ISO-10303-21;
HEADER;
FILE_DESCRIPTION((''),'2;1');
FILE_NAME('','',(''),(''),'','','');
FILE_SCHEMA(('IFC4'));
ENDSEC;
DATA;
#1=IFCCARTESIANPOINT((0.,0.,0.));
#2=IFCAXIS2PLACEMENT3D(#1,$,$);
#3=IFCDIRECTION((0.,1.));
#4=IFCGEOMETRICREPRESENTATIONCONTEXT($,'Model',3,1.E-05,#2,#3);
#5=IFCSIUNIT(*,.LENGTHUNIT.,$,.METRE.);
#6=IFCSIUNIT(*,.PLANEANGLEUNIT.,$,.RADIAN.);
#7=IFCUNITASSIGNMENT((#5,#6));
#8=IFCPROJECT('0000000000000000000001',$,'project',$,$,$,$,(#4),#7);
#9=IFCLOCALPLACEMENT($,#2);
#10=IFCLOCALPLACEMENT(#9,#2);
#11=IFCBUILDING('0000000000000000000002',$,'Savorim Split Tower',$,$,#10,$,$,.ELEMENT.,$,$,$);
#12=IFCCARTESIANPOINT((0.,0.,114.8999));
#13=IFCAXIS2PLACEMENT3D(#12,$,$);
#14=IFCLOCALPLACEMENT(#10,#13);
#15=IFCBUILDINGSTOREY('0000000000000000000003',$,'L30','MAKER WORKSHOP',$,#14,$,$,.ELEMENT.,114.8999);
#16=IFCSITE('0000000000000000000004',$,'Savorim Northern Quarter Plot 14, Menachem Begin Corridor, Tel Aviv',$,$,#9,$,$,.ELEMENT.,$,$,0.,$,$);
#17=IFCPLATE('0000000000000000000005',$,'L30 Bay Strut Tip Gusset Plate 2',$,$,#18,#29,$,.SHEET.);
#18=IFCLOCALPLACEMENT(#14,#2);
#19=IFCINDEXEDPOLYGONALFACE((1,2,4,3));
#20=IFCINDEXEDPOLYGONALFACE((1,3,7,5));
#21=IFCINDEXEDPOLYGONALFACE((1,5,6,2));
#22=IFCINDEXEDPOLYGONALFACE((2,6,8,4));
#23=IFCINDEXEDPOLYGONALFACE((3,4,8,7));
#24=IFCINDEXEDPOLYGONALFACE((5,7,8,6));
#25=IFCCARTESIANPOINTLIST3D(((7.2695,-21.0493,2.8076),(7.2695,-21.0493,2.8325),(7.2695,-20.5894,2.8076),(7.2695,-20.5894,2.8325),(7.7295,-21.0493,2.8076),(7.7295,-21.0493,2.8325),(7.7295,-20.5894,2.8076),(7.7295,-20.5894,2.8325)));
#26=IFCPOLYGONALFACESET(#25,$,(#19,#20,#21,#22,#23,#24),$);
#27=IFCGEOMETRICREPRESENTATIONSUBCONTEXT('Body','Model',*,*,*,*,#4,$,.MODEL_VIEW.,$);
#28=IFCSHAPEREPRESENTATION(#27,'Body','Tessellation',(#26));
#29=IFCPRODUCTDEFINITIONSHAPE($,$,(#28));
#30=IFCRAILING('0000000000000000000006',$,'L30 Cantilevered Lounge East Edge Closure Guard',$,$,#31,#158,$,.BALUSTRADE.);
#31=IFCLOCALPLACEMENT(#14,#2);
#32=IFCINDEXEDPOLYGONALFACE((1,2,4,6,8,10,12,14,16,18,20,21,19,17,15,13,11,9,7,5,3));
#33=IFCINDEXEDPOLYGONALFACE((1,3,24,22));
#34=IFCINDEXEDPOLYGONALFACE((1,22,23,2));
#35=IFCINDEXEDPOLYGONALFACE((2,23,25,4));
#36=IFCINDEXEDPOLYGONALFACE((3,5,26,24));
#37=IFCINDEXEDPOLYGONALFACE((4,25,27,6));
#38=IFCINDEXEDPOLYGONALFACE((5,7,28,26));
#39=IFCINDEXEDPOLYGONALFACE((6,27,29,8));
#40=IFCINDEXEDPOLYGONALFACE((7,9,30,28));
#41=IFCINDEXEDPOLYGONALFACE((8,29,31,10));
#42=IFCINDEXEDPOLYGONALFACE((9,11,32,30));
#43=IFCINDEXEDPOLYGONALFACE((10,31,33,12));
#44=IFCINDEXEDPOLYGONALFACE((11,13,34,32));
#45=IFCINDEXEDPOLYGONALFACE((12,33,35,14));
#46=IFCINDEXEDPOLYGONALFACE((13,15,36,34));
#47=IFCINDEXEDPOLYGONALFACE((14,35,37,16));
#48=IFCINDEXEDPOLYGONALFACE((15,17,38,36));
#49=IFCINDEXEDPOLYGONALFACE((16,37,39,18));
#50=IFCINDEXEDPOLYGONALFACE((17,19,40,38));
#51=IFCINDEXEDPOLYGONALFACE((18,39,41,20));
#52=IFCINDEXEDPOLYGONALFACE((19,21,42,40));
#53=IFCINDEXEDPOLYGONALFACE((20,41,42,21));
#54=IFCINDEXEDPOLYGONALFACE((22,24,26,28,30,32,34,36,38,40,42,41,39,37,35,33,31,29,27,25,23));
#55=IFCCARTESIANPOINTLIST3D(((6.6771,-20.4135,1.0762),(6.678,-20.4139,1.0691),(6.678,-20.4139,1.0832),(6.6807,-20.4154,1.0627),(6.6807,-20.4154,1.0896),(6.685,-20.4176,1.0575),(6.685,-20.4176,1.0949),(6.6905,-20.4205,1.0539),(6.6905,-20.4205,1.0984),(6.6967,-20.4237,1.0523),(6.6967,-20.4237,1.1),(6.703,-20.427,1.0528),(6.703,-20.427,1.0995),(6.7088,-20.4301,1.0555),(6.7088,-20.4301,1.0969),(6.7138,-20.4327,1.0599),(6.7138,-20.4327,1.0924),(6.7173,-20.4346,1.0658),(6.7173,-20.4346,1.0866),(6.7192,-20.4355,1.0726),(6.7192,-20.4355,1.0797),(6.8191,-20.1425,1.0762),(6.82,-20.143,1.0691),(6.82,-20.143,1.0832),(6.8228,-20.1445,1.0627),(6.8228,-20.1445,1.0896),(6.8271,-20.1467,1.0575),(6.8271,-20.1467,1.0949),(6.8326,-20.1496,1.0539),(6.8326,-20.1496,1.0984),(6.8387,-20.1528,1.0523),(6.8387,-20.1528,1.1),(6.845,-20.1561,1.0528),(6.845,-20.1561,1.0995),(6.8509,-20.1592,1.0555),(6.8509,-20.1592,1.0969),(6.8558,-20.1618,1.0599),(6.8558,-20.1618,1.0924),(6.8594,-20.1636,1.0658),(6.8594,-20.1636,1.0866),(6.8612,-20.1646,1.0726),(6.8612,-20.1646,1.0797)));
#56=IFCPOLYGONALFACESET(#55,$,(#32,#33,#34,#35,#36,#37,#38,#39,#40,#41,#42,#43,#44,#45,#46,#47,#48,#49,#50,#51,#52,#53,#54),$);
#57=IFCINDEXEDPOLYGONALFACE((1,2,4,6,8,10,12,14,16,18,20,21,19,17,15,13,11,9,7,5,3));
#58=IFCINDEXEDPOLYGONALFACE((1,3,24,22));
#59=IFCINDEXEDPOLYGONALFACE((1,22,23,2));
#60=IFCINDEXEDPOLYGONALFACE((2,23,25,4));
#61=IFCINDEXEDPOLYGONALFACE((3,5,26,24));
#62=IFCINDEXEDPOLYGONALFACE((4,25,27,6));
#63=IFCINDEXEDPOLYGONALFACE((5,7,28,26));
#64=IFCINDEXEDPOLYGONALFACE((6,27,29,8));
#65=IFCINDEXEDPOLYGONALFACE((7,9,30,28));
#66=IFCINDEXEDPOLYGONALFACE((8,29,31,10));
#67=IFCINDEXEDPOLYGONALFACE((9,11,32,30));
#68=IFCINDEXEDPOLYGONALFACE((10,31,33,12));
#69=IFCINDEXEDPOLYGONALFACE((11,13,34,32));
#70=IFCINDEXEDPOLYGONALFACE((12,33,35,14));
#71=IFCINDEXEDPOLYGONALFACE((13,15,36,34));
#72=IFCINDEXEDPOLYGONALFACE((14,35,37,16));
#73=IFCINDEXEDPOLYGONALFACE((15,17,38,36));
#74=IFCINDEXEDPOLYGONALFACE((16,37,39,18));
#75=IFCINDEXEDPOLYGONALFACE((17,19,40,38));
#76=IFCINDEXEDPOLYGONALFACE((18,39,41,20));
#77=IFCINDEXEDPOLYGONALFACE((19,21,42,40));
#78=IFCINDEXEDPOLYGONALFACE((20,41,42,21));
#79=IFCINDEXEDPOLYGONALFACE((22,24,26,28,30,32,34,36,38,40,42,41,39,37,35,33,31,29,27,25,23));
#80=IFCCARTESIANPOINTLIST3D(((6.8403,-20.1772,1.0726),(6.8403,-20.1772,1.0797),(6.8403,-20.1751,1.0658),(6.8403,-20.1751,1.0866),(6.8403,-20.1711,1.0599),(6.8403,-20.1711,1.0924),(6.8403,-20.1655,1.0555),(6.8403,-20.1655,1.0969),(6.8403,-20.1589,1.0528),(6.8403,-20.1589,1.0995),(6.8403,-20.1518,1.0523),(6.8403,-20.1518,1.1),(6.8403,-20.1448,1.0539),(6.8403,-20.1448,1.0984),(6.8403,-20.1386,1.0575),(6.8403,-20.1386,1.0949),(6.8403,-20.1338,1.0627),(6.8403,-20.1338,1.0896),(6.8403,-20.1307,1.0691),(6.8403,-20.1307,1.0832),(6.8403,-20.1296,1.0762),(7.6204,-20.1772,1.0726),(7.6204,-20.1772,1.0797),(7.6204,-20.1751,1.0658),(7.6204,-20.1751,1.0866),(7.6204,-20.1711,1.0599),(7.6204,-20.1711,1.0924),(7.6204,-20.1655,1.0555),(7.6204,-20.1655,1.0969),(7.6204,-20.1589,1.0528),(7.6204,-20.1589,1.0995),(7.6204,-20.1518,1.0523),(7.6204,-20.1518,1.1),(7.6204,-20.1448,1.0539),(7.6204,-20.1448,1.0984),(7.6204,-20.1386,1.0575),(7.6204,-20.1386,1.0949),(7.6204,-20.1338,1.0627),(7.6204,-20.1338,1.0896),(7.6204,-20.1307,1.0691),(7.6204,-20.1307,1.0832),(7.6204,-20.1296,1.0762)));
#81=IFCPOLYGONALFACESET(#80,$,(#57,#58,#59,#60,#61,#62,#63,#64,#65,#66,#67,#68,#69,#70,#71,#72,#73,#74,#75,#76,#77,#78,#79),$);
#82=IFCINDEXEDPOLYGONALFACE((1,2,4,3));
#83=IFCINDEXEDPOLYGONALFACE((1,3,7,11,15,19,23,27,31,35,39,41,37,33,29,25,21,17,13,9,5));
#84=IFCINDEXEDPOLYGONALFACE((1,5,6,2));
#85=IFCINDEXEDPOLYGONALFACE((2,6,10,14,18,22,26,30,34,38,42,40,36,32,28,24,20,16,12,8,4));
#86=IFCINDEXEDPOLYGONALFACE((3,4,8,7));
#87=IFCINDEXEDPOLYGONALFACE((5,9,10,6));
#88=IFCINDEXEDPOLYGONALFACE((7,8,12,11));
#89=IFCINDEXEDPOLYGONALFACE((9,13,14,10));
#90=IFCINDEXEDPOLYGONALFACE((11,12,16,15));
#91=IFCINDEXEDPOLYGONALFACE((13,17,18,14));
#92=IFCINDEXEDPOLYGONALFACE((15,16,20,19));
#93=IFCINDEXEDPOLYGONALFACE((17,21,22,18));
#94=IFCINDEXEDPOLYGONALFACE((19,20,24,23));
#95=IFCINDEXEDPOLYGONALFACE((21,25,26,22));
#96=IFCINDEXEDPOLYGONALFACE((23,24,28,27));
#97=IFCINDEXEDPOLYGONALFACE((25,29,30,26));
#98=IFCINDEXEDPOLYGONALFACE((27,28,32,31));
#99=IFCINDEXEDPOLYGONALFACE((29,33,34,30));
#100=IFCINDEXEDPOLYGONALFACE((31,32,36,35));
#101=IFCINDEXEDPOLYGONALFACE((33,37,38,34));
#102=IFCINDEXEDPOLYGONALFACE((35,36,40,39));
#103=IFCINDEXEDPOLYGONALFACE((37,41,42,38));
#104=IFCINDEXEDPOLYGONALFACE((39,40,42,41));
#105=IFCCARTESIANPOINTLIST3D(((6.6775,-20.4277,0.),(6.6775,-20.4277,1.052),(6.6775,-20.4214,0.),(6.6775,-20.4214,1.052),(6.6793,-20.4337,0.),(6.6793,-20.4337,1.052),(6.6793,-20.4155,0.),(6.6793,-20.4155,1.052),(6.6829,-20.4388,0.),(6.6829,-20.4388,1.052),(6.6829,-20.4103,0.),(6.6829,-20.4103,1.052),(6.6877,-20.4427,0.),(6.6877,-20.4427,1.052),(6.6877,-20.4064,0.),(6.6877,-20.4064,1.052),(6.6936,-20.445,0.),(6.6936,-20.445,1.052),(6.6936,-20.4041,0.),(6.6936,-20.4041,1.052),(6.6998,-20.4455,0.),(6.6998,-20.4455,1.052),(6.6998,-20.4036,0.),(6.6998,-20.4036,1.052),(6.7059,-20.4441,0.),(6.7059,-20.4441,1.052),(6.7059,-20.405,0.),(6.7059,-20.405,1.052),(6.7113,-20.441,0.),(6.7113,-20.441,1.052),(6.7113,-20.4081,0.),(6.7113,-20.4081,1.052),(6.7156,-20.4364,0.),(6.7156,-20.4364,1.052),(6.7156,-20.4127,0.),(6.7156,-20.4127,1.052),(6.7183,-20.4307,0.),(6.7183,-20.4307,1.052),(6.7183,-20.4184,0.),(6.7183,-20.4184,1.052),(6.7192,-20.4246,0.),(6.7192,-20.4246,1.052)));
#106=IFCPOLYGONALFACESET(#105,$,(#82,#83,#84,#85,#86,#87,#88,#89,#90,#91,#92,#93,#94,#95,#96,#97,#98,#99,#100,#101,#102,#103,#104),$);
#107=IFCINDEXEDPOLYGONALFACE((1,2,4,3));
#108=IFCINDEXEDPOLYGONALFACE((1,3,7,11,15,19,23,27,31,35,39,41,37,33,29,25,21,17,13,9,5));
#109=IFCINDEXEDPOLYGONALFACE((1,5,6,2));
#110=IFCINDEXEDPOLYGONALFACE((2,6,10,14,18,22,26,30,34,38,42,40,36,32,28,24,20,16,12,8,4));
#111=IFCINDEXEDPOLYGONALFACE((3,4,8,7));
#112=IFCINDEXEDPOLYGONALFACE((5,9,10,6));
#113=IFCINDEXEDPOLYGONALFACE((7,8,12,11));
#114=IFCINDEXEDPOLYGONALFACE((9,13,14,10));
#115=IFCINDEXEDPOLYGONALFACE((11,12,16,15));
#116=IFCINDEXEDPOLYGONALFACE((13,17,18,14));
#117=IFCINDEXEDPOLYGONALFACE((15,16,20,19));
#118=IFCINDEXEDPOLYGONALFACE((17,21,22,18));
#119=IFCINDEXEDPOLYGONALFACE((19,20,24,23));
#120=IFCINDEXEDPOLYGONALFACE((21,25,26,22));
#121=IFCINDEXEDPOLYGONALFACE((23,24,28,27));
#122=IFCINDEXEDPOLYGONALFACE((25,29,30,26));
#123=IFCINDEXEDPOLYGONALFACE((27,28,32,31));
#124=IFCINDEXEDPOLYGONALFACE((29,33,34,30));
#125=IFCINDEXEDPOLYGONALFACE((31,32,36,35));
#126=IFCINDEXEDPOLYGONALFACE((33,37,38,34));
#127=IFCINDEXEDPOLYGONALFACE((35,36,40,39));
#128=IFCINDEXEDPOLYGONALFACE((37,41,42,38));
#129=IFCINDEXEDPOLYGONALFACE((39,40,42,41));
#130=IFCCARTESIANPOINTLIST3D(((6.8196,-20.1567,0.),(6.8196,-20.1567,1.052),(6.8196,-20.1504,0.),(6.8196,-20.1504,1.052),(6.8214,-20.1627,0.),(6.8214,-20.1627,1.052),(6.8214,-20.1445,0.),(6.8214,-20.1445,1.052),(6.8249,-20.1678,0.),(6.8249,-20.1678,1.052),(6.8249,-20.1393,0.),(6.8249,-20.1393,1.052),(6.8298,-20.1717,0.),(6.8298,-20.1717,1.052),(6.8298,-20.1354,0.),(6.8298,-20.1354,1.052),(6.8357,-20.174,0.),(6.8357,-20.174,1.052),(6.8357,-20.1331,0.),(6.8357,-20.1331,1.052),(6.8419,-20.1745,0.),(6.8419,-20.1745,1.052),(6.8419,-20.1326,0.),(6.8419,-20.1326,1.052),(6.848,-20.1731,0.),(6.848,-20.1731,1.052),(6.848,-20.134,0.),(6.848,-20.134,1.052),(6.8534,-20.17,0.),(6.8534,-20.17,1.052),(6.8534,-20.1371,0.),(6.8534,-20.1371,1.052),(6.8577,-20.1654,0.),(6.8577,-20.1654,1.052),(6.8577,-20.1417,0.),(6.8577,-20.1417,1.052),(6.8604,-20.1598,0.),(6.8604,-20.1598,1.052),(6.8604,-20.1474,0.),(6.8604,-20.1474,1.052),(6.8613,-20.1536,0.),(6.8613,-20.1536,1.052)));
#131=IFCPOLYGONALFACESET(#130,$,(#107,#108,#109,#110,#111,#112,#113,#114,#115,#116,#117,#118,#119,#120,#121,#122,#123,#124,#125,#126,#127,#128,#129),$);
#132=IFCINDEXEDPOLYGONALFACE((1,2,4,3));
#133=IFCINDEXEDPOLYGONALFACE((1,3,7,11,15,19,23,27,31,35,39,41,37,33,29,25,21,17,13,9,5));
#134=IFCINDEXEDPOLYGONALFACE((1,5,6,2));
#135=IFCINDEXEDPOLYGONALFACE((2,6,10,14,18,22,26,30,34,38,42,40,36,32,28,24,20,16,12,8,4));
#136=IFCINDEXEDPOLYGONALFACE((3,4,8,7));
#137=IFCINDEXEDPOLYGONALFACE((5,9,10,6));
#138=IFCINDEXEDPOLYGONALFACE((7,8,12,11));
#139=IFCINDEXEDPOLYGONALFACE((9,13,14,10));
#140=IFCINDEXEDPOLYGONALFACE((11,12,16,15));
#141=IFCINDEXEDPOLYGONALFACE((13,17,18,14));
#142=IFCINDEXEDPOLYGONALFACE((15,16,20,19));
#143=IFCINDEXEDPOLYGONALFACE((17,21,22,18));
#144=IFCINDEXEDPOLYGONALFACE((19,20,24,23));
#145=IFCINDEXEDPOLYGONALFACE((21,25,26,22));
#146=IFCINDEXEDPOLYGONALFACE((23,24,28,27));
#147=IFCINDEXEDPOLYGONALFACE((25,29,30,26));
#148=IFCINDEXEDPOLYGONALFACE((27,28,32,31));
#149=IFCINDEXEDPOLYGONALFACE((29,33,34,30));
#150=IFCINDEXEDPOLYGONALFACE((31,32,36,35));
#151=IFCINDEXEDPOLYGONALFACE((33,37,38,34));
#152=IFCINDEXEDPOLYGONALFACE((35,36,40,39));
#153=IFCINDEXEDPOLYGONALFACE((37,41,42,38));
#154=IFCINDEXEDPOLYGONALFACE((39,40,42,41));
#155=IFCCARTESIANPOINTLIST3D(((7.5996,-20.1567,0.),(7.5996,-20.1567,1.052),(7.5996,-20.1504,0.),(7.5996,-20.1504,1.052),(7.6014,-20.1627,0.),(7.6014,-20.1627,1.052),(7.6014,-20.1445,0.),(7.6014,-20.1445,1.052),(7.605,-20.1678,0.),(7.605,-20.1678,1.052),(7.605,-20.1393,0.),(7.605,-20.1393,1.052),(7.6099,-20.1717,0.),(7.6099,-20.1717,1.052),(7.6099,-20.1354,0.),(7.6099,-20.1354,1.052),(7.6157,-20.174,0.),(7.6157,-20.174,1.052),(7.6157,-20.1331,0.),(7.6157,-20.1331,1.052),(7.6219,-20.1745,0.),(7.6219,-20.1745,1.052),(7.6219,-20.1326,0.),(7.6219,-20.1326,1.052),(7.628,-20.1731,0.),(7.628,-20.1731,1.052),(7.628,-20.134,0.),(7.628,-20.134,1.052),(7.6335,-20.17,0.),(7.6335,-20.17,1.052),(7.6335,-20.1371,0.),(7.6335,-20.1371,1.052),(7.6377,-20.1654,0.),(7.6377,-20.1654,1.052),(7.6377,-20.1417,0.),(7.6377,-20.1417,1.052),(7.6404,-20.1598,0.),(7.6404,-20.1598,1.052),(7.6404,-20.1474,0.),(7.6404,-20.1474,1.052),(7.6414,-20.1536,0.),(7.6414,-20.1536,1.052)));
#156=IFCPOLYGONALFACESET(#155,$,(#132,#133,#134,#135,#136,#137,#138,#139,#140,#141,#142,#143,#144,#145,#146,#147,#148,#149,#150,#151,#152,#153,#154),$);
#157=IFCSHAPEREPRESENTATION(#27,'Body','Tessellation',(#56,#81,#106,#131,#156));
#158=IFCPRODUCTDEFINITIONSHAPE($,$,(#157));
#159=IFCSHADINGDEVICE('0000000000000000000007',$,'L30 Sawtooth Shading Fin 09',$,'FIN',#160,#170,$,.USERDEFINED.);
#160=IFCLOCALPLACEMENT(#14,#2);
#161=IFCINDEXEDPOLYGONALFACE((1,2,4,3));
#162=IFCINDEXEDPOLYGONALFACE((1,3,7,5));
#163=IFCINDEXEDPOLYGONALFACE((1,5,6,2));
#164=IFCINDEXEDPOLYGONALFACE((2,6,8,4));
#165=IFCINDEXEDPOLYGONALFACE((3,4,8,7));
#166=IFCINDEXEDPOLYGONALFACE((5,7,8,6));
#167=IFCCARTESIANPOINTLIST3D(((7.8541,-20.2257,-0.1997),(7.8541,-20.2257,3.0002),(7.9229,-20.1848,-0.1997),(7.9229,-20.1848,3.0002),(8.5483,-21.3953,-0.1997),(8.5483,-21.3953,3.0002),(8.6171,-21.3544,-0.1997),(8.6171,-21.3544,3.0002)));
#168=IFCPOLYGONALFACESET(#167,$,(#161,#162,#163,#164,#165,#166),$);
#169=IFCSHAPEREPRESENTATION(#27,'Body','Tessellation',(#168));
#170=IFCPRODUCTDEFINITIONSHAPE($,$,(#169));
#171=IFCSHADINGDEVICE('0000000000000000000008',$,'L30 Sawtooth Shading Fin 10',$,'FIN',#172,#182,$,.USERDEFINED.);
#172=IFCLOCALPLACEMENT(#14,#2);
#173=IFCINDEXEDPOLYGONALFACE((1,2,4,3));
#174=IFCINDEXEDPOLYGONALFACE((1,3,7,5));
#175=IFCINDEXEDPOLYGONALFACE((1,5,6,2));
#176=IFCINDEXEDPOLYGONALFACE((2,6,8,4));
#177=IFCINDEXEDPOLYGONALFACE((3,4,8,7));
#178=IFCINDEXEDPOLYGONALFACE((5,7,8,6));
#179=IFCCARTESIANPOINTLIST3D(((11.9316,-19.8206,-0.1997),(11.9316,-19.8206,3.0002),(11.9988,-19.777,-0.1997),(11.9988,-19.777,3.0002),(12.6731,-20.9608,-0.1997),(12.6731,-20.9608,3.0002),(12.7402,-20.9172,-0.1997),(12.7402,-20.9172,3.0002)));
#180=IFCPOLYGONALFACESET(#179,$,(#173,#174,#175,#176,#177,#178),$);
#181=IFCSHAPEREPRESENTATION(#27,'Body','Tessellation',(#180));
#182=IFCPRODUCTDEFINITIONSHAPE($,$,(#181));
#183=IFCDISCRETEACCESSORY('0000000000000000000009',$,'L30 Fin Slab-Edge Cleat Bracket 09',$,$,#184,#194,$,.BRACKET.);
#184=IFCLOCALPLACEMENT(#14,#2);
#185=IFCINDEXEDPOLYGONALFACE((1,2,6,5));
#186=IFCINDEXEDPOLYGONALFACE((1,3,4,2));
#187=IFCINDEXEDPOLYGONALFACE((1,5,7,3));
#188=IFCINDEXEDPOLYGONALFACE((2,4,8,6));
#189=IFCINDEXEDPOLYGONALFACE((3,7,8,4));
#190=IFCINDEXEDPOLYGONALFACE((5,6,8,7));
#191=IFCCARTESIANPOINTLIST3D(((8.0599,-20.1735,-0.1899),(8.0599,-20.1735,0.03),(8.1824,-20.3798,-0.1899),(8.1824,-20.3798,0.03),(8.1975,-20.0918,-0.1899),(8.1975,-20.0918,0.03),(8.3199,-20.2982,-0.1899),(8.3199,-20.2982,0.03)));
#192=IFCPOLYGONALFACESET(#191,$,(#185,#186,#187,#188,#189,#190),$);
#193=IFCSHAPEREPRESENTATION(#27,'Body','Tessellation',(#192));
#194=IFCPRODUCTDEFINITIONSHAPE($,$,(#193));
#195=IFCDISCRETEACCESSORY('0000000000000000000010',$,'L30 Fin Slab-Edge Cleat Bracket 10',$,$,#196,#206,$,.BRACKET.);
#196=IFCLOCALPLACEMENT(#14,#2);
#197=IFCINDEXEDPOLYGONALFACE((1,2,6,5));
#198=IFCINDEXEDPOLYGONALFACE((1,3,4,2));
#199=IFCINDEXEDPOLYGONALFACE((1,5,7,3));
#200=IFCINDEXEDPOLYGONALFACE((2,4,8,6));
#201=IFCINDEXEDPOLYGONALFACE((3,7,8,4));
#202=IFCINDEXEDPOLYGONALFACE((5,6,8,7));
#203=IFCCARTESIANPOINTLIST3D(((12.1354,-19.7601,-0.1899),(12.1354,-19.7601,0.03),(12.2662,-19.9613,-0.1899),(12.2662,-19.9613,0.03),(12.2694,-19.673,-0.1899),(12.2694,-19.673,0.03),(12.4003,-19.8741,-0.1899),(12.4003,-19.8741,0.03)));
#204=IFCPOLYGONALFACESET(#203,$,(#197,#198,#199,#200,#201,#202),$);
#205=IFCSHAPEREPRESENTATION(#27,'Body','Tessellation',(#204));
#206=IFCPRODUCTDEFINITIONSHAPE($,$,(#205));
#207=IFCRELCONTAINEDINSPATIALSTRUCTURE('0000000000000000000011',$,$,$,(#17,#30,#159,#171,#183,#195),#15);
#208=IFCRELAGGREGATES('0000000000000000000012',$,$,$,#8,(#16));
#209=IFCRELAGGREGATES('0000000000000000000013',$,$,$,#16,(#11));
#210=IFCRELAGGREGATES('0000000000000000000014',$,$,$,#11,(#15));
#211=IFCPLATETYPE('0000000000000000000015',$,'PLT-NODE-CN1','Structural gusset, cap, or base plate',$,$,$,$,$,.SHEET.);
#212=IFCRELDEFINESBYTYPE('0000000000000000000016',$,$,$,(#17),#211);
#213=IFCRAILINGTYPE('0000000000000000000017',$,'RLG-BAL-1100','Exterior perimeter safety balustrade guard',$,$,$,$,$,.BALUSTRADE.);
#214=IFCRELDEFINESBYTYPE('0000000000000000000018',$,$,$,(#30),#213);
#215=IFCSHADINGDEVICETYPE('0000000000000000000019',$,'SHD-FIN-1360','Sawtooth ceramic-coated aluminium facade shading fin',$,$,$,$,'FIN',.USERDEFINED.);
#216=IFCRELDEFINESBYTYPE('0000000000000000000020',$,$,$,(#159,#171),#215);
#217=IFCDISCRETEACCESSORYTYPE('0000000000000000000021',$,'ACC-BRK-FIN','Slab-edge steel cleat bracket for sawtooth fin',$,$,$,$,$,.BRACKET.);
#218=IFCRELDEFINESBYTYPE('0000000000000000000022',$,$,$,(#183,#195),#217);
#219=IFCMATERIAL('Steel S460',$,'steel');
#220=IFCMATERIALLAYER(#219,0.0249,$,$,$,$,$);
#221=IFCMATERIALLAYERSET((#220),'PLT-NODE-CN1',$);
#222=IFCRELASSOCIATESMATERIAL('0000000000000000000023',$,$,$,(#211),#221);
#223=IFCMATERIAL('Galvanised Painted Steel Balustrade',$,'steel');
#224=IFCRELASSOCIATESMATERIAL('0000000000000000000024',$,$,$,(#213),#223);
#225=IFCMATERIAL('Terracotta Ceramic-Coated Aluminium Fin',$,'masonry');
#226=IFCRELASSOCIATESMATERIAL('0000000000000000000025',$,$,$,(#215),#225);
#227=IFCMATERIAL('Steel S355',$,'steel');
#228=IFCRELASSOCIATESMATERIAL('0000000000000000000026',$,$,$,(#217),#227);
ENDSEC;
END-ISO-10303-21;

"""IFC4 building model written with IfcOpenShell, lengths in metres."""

from ifc_helpers import new_model, si_unit, direction, frame, origin, origin_2d, place, context, subcontext, project, spatial, rectangle, circle, extrude, material, layer, layer_set, type_object, element, save


model = new_model("IFC4")

# Units and contexts
model_context = context("Model", 3, precision=1e-05, world=origin(), true_north=direction((0.0, 1.0)))
body_context = subcontext(model_context, "Body", "Model", "MODEL_VIEW")
ifc_project = project(units=[si_unit("LENGTHUNIT", "METRE"), si_unit("PLANEANGLEUNIT", "RADIAN")], contexts=[model_context])

# Site, building, storey
site_placement = place(None, origin())
site = spatial("IfcSite", under=ifc_project, at=site_placement, Name="Savorim Northern Quarter Plot 14, Menachem Begin Corridor, Tel Aviv", CompositionType="ELEMENT", RefElevation=0.0)
building_placement = place(site_placement, origin())
building = spatial("IfcBuilding", under=site, at=building_placement, Name="Savorim Split Tower", CompositionType="ELEMENT")
storey_placement = place(building_placement, frame((0.0, 0.0, 114.8999)))
storey = spatial("IfcBuildingStorey", under=building, at=storey_placement, Name="L30", Description="MAKER WORKSHOP", CompositionType="ELEMENT", Elevation=114.8999)

# Plate
ifc_material_1 = material(Name="Steel S460", Category="steel")
ifc_layer_1 = layer(ifc_material_1, 0.0249)
ifc_layer_set_1 = layer_set([ifc_layer_1], Name="PLT-NODE-CN1")
plate_type_1 = type_object("IfcPlateType", Name="PLT-NODE-CN1", Description="Structural gusset, cap, or base plate", PredefinedType="SHEET", material=ifc_layer_set_1)
plate_1_placement = place(storey_placement, frame((7.4995, -20.8193, 2.8076), z_axis=(0.0, 0.0, 1.0), x_axis=(1.0, 0.0, 0.0)))
element("IfcPlate", 1, at=plate_1_placement, inside=storey, type_object=plate_type_1, Name="L30 Bay Strut Tip Gusset Plate 2", PredefinedType="SHEET", context=body_context, shape_type="SweptSolid", body=[
    extrude(rectangle(XDim=0.46, YDim=0.46, at=origin_2d()), origin(), (0.0, 0.0, 1.0), 0.0249),
])

# Railing
ifc_material_2 = material(Name="Galvanised Painted Steel Balustrade", Category="steel")
railing_type = type_object("IfcRailingType", Name="RLG-BAL-1100", Description="Exterior perimeter safety balustrade guard", PredefinedType="BALUSTRADE", material=ifc_material_2)
railing_placement = place(storey_placement, frame((6.6982, -20.4246, 0.0)))
element("IfcRailing", 2, at=railing_placement, inside=storey, type_object=railing_type, Name="L30 Cantilevered Lounge East Edge Closure Guard", PredefinedType="BALUSTRADE", context=body_context, shape_type="SweptSolid", body=[
    extrude(circle(Radius=0.0239, at=origin_2d()), frame((0.0, 0.0, 1.0762), z_axis=(0.464365, 0.885644, 0.0), x_axis=(-0.885644, 0.464365, 0.0)), (0.0, 0.0, 1.0), 0.3059),
    extrude(circle(Radius=0.0239, at=origin_2d()), frame((0.1421, 0.271, 1.0762), z_axis=(1.0, 0.0, 0.0), x_axis=(0.0, 1.0, 0.0)), (0.0, 0.0, 1.0), 0.78),
    extrude(circle(Radius=0.021, at=origin_2d()), origin(), (0.0, 0.0, 1.0), 1.052),
    extrude(circle(Radius=0.021, at=origin_2d()), frame((0.1421, 0.271, 0.0)), (0.0, 0.0, 1.0), 1.052),
    extrude(circle(Radius=0.021, at=origin_2d()), frame((0.9221, 0.271, 0.0)), (0.0, 0.0, 1.0), 1.052),
])

# Shading devices
ifc_material_3 = material(Name="Terracotta Ceramic-Coated Aluminium Fin", Category="masonry")
shading_device_type = type_object("IfcShadingDeviceType", Name="SHD-FIN-1360", Description="Sawtooth ceramic-coated aluminium facade shading fin", ElementType="FIN", PredefinedType="USERDEFINED", material=ifc_material_3)
for number, where, z_axis, x_axis, name in (
    (3, (8.2356, -20.79, -0.1997), (0.0, 0.0, 1.0), (0.510391, -0.859942, 0.0), "L30 Sawtooth Shading Fin 09"),
    (4, (12.3359, -20.3689, -0.1997), (0.0, 0.0, 1.0), (0.545148, -0.83834, 0.0), "L30 Sawtooth Shading Fin 10"),
):
    element("IfcShadingDevice", number, at=place(storey_placement, frame(where, z_axis=z_axis, x_axis=x_axis)), inside=storey, type_object=shading_device_type, Name=name, ObjectType="FIN", PredefinedType="USERDEFINED", context=body_context, shape_type="SweptSolid", body=[
        extrude(rectangle(XDim=1.3601, YDim=0.0801, at=origin_2d()), origin(), (0.0, 0.0, 1.0), 3.2),
    ])

# Discrete accessories
ifc_material_4 = material(Name="Steel S355", Category="steel")
discrete_accessory_type = type_object("IfcDiscreteAccessoryType", Name="ACC-BRK-FIN", Description="Slab-edge steel cleat bracket for sawtooth fin", PredefinedType="BRACKET", material=ifc_material_4)
for number, where, z_axis, x_axis, name in (
    (5, (8.1899, -20.2358, -0.1899), (0.0, 0.0, 1.0), (0.510391, -0.859942, 0.0), "L30 Fin Slab-Edge Cleat Bracket 09"),
    (6, (12.2678, -19.8171, -0.1899), (0.0, 0.0, 1.0), (0.545148, -0.83834, 0.0), "L30 Fin Slab-Edge Cleat Bracket 10"),
):
    element("IfcDiscreteAccessory", number, at=place(storey_placement, frame(where, z_axis=z_axis, x_axis=x_axis)), inside=storey, type_object=discrete_accessory_type, Name=name, PredefinedType="BRACKET", context=body_context, shape_type="SweptSolid", body=[
        extrude(rectangle(XDim=0.24, YDim=0.1599, at=origin_2d()), origin(), (0.0, 0.0, 1.0), 0.22),
    ])

save(model, "model.ifc")
